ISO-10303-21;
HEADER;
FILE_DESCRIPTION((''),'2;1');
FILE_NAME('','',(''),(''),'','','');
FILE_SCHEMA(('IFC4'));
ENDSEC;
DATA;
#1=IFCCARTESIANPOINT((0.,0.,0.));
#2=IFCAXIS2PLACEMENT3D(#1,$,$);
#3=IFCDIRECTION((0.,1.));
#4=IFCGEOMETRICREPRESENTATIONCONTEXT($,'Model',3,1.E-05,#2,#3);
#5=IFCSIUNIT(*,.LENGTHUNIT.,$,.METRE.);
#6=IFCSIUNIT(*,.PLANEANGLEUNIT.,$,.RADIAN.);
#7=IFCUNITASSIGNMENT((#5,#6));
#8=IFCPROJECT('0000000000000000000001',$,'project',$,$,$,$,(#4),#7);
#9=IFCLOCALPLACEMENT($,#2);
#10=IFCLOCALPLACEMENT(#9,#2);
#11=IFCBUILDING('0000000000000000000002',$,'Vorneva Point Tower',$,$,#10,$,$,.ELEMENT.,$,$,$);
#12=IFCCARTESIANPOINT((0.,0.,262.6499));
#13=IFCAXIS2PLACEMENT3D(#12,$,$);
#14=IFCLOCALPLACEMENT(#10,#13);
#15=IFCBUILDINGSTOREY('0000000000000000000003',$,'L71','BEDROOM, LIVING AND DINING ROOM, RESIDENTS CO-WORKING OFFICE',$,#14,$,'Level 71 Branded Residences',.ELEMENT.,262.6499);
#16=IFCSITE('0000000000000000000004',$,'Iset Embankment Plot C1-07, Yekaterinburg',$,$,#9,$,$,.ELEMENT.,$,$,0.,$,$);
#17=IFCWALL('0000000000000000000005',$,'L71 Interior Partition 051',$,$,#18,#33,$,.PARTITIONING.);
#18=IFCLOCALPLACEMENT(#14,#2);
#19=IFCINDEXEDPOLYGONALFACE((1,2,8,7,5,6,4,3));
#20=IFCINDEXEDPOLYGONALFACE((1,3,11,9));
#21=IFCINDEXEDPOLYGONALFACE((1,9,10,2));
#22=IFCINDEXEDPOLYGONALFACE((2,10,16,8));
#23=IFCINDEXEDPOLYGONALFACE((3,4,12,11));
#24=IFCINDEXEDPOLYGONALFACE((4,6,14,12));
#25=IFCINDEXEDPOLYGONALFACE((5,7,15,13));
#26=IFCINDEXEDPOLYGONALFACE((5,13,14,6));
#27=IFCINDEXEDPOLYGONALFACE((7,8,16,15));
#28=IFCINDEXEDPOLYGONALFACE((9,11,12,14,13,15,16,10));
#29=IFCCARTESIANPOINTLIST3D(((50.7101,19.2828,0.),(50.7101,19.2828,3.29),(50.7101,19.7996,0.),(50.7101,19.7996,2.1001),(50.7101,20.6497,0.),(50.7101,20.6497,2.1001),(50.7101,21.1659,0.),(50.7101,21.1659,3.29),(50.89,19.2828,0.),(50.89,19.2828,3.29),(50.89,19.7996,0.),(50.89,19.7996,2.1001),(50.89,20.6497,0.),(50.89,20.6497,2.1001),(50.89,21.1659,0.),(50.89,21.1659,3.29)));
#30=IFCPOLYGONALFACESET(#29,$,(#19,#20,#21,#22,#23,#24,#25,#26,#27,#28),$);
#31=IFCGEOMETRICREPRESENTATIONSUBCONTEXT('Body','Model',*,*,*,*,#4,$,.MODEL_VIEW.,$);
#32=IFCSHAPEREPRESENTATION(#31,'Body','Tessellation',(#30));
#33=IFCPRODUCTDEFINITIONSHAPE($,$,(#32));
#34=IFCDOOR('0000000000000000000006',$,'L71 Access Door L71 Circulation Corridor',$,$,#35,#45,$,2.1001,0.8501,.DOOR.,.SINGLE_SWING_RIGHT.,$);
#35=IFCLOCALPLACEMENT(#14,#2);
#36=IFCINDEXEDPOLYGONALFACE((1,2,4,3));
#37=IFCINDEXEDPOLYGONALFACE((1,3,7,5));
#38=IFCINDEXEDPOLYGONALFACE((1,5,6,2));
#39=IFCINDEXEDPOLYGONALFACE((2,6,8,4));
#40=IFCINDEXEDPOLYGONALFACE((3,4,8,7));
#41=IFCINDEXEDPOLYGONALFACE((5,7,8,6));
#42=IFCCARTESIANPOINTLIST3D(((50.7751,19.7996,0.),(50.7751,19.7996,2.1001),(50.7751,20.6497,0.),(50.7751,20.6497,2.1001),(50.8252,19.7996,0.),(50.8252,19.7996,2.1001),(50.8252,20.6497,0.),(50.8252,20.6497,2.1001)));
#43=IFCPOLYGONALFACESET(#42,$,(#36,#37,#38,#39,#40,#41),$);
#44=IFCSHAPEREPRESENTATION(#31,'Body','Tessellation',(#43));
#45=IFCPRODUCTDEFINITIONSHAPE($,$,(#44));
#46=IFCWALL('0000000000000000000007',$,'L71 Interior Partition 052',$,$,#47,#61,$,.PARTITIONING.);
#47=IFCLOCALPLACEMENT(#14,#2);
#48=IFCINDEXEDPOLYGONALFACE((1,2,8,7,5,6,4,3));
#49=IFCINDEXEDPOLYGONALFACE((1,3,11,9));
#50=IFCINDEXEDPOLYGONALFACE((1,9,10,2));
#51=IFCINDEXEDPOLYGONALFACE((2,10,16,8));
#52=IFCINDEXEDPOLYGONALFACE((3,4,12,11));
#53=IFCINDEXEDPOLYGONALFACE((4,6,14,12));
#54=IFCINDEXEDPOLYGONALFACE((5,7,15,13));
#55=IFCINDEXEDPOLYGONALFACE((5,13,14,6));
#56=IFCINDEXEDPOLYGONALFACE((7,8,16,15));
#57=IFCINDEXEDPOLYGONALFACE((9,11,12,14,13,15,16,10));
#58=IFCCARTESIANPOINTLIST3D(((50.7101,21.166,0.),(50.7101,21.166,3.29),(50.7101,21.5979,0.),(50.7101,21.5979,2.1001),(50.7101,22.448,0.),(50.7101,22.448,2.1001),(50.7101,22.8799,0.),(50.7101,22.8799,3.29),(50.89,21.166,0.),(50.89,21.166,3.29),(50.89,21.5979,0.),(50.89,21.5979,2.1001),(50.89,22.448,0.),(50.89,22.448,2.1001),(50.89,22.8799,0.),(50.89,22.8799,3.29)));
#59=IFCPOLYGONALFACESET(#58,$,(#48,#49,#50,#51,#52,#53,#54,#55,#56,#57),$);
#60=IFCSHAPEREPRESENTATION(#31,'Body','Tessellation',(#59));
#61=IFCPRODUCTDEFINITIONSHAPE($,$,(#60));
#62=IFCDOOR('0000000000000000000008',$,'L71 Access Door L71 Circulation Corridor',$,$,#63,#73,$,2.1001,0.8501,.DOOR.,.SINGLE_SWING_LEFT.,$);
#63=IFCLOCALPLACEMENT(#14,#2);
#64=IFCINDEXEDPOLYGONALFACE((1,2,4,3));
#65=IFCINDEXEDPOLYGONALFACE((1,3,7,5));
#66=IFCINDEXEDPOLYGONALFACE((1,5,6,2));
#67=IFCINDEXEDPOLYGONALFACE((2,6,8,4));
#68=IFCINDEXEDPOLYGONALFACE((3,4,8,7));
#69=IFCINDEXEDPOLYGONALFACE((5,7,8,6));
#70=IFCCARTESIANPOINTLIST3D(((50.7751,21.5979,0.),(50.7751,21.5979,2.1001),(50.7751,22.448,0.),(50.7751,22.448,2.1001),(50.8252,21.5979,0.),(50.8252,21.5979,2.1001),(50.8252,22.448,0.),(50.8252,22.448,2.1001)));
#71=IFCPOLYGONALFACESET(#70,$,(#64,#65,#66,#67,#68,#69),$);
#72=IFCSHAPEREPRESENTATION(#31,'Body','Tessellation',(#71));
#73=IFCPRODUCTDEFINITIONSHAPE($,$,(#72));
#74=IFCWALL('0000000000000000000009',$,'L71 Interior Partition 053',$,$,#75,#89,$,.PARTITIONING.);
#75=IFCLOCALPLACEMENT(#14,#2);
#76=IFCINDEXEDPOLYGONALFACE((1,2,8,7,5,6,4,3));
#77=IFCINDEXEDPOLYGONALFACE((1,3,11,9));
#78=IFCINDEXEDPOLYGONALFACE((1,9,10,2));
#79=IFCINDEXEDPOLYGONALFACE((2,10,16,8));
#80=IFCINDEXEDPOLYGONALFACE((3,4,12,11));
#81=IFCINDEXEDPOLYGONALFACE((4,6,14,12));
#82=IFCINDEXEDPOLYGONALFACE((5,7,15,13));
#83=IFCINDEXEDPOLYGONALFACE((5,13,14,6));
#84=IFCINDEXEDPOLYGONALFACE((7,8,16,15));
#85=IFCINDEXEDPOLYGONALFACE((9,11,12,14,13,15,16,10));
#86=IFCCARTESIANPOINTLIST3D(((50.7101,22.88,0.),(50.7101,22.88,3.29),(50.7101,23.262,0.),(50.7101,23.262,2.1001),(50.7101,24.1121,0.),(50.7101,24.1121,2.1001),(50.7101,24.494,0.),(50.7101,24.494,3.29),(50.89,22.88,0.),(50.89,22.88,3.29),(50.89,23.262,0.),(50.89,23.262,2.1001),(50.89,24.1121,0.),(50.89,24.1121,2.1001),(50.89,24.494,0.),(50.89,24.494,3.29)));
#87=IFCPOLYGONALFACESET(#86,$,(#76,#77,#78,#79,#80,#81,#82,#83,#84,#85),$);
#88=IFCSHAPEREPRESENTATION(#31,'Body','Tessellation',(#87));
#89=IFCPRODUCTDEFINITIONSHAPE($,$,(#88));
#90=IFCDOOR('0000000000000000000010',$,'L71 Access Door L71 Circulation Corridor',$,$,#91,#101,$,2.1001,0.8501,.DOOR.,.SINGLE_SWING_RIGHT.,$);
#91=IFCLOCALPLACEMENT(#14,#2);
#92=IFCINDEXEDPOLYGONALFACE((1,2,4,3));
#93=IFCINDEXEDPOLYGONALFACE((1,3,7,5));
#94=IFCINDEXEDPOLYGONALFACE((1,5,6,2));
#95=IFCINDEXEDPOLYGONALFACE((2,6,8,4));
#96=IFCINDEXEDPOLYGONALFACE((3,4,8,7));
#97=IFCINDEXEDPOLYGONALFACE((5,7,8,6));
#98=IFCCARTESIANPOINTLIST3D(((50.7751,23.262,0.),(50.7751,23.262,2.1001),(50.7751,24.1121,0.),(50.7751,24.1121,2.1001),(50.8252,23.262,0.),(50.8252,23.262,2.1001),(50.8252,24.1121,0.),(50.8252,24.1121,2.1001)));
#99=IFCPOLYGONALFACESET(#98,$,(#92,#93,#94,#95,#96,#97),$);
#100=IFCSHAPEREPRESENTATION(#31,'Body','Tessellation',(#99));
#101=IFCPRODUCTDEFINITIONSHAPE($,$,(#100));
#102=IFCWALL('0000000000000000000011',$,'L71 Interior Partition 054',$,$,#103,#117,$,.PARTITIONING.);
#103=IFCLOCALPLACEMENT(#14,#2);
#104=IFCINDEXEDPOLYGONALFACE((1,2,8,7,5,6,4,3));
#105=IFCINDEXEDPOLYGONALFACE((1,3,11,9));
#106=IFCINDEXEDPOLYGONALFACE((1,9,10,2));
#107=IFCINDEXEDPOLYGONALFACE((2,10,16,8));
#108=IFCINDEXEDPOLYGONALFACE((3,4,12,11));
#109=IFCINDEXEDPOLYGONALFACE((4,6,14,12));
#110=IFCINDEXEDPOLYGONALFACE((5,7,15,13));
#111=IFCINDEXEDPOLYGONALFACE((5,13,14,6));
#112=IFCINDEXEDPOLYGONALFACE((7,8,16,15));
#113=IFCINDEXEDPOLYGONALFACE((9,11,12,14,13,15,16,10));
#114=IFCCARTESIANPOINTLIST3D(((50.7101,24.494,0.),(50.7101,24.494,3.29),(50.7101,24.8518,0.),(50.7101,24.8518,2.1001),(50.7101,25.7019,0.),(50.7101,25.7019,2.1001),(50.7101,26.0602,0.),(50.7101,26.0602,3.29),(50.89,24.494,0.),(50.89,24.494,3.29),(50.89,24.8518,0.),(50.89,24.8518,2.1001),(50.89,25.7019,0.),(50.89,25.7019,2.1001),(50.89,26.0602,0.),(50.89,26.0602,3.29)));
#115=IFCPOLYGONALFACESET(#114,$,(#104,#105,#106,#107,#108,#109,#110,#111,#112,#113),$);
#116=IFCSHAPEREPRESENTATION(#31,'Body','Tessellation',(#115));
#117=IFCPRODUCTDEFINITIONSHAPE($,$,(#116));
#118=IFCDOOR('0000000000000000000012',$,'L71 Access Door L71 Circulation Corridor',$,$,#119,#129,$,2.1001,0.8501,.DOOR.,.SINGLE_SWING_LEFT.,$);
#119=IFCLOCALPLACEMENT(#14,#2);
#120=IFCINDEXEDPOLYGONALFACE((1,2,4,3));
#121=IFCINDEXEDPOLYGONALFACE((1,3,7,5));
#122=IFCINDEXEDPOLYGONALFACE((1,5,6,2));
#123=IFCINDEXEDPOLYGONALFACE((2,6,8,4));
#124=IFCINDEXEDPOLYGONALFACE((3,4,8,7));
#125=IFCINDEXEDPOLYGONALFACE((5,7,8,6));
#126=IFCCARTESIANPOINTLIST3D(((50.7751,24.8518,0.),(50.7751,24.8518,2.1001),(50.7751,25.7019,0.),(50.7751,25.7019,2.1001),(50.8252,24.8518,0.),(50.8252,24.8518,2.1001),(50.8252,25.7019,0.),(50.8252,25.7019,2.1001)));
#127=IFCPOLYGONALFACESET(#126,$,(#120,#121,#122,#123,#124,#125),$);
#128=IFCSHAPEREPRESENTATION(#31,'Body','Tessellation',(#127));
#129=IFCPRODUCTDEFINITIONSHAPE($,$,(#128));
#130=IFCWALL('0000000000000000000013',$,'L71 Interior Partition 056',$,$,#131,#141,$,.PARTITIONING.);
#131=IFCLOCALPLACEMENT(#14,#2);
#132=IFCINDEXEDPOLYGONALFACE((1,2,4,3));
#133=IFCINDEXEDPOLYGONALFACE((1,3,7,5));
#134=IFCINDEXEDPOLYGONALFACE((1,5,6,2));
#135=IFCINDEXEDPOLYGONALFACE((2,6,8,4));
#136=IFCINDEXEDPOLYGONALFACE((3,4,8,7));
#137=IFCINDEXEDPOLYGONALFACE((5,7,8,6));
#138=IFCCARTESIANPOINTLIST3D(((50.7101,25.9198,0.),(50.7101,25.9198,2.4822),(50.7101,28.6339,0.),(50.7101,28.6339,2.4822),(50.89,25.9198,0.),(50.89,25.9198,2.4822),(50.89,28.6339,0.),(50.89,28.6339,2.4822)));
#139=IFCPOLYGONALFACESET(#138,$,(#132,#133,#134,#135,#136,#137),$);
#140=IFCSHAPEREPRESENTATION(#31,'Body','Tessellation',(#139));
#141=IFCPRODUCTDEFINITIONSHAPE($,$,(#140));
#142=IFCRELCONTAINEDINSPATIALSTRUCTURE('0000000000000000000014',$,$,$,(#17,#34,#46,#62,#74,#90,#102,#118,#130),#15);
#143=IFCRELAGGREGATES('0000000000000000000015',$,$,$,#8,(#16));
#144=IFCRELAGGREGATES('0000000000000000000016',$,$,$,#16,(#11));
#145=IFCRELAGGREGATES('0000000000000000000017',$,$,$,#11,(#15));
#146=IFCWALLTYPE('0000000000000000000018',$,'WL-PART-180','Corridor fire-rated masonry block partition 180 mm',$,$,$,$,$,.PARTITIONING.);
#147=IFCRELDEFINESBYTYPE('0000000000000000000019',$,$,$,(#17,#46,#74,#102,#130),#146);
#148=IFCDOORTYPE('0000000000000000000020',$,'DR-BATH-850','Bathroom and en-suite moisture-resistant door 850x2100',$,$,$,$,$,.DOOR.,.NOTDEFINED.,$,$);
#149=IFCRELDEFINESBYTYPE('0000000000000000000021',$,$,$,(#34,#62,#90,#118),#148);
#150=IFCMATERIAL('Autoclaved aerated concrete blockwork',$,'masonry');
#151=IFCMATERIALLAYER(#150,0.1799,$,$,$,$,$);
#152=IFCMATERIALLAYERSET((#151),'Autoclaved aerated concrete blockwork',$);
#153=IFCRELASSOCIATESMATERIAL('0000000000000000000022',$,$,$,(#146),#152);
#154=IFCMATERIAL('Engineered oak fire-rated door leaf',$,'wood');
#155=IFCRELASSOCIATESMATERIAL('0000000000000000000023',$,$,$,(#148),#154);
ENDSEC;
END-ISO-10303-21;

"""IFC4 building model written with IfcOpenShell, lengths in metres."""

from ifc_helpers import new_model, si_unit, direction, frame, frame_2d, origin, place, context, subcontext, project, spatial, rectangle, extrude, material, layer, layer_set, type_object, element, fill, save


model = new_model("IFC4")

# Units and contexts
model_context = context("Model", 3, precision=1e-05, world=origin(), true_north=direction((0.0, 1.0)))
body_context = subcontext(model_context, "Body", "Model", "MODEL_VIEW")
ifc_project = project(units=[si_unit("LENGTHUNIT", "METRE"), si_unit("PLANEANGLEUNIT", "RADIAN")], contexts=[model_context])

# Site, building, storey
site_placement = place(None, origin())
site = spatial("IfcSite", under=ifc_project, at=site_placement, Name="Iset Embankment Plot C1-07, Yekaterinburg", CompositionType="ELEMENT", RefElevation=0.0)
building_placement = place(site_placement, origin())
building = spatial("IfcBuilding", under=site, at=building_placement, Name="Vorneva Point Tower", CompositionType="ELEMENT")
storey_placement = place(building_placement, frame((0.0, 0.0, 262.6499)))
storey = spatial("IfcBuildingStorey", under=building, at=storey_placement, Name="L71", Description="BEDROOM, LIVING AND DINING ROOM, RESIDENTS CO-WORKING OFFICE", LongName="Level 71 Branded Residences", CompositionType="ELEMENT", Elevation=262.6499)

# Walls, openings, doors
ifc_material_1 = material(Name="Autoclaved aerated concrete blockwork", Category="masonry")
ifc_layer_1 = layer(ifc_material_1, 0.1799)
ifc_layer_set_1 = layer_set([ifc_layer_1], Name="Autoclaved aerated concrete blockwork")
wall_type_1 = type_object("IfcWallType", Name="WL-PART-180", Description="Corridor fire-rated masonry block partition 180 mm", PredefinedType="PARTITIONING", material=ifc_layer_set_1)
ifc_material_2 = material(Name="Engineered oak fire-rated door leaf", Category="wood")
door_type_1 = type_object("IfcDoorType", Name="DR-BATH-850", Description="Bathroom and en-suite moisture-resistant door 850x2100", OperationType="NOTDEFINED", PredefinedType="DOOR", material=ifc_material_2)
wall_1_placement = place(storey_placement, frame((50.8, 19.283, 0.0), z_axis=(0.0, 0.0, 1.0), x_axis=(0.0, 1.0, 0.0)))
wall_1 = element("IfcWall", 1, at=wall_1_placement, inside=storey, type_object=wall_type_1, Name="L71 Interior Partition 051", PredefinedType="PARTITIONING", context=body_context, shape_type="SweptSolid", body=[
    extrude(rectangle(XDim=1.8831, YDim=0.1799, at=frame_2d((0.9414, 0.0))), origin(), (0.0, 0.0, 1.0), 3.29),
])
opening_1_placement = place(wall_1_placement, frame((0.5166, 0.0, 0.0)))
opening_1 = element("IfcOpeningElement", 2, at=opening_1_placement, cuts=wall_1, PredefinedType="OPENING", context=body_context, shape_type="SweptSolid", body=[
    extrude(rectangle(XDim=0.8501, YDim=2.1001, at=frame_2d((0.425, 1.05))), frame((0.0, 0.105, 0.0), z_axis=(0.0, -1.0, 0.0), x_axis=(1.0, 0.0, 0.0)), (0.0, 0.0, 1.0), 0.2097),
])
door_1_placement = place(opening_1_placement, origin())
door_1 = element("IfcDoor", 3, at=door_1_placement, inside=storey, type_object=door_type_1, Name="L71 Access Door L71 Circulation Corridor", OperationType="SINGLE_SWING_RIGHT", OverallHeight=2.1001, OverallWidth=0.8501, PredefinedType="DOOR", context=body_context, shape_type="SweptSolid", body=[
    extrude(rectangle(XDim=0.8501, YDim=2.1001, at=frame_2d((0.425, 1.05))), frame((0.0, 0.0249, 0.0), z_axis=(0.0, -1.0, 0.0), x_axis=(1.0, 0.0, 0.0)), (0.0, 0.0, 1.0), 0.05),
])
fill(opening_1, door_1)
wall_2_placement = place(storey_placement, frame((50.8, 21.166, 0.0), z_axis=(0.0, 0.0, 1.0), x_axis=(0.0, 1.0, 0.0)))
wall_2 = element("IfcWall", 4, at=wall_2_placement, inside=storey, type_object=wall_type_1, Name="L71 Interior Partition 052", PredefinedType="PARTITIONING", context=body_context, shape_type="SweptSolid", body=[
    extrude(rectangle(XDim=1.7139, YDim=0.1799, at=frame_2d((0.8569, 0.0))), origin(), (0.0, 0.0, 1.0), 3.29),
])
opening_2_placement = place(wall_2_placement, frame((0.4319, 0.0, 0.0)))
opening_2 = element("IfcOpeningElement", 5, at=opening_2_placement, cuts=wall_2, PredefinedType="OPENING", context=body_context, shape_type="SweptSolid", body=[
    extrude(rectangle(XDim=0.8501, YDim=2.1001, at=frame_2d((0.425, 1.05))), frame((0.0, 0.105, 0.0), z_axis=(0.0, -1.0, 0.0), x_axis=(1.0, 0.0, 0.0)), (0.0, 0.0, 1.0), 0.2097),
])
door_2_placement = place(opening_2_placement, origin())
door_2 = element("IfcDoor", 6, at=door_2_placement, inside=storey, type_object=door_type_1, Name="L71 Access Door L71 Circulation Corridor", OperationType="SINGLE_SWING_LEFT", OverallHeight=2.1001, OverallWidth=0.8501, PredefinedType="DOOR", context=body_context, shape_type="SweptSolid", body=[
    extrude(rectangle(XDim=0.8501, YDim=2.1001, at=frame_2d((0.425, 1.05))), frame((0.0, 0.0249, 0.0), z_axis=(0.0, -1.0, 0.0), x_axis=(1.0, 0.0, 0.0)), (0.0, 0.0, 1.0), 0.05),
])
fill(opening_2, door_2)
wall_3_placement = place(storey_placement, frame((50.8, 22.8799, 0.0), z_axis=(0.0, 0.0, 1.0), x_axis=(0.0, 1.0, 0.0)))
wall_3 = element("IfcWall", 7, at=wall_3_placement, inside=storey, type_object=wall_type_1, Name="L71 Interior Partition 053", PredefinedType="PARTITIONING", context=body_context, shape_type="SweptSolid", body=[
    extrude(rectangle(XDim=1.614, YDim=0.1799, at=frame_2d((0.8071, 0.0))), origin(), (0.0, 0.0, 1.0), 3.29),
])
opening_3_placement = place(wall_3_placement, frame((0.3821, 0.0, 0.0)))
opening_3 = element("IfcOpeningElement", 8, at=opening_3_placement, cuts=wall_3, PredefinedType="OPENING", context=body_context, shape_type="SweptSolid", body=[
    extrude(rectangle(XDim=0.8501, YDim=2.1001, at=frame_2d((0.425, 1.05))), frame((0.0, 0.105, 0.0), z_axis=(0.0, -1.0, 0.0), x_axis=(1.0, 0.0, 0.0)), (0.0, 0.0, 1.0), 0.2097),
])
door_3_placement = place(opening_3_placement, origin())
door_3 = element("IfcDoor", 9, at=door_3_placement, inside=storey, type_object=door_type_1, Name="L71 Access Door L71 Circulation Corridor", OperationType="SINGLE_SWING_RIGHT", OverallHeight=2.1001, OverallWidth=0.8501, PredefinedType="DOOR", context=body_context, shape_type="SweptSolid", body=[
    extrude(rectangle(XDim=0.8501, YDim=2.1001, at=frame_2d((0.425, 1.05))), frame((0.0, 0.0249, 0.0), z_axis=(0.0, -1.0, 0.0), x_axis=(1.0, 0.0, 0.0)), (0.0, 0.0, 1.0), 0.05),
])
fill(opening_3, door_3)
wall_4_placement = place(storey_placement, frame((50.8, 24.4939, 0.0), z_axis=(0.0, 0.0, 1.0), x_axis=(0.0, 1.0, 0.0)))
wall_4 = element("IfcWall", 10, at=wall_4_placement, inside=storey, type_object=wall_type_1, Name="L71 Interior Partition 054", PredefinedType="PARTITIONING", context=body_context, shape_type="SweptSolid", body=[
    extrude(rectangle(XDim=1.5662, YDim=0.1799, at=frame_2d((0.7832, 0.0))), origin(), (0.0, 0.0, 1.0), 3.29),
])
opening_4_placement = place(wall_4_placement, frame((0.3579, 0.0, 0.0)))
opening_4 = element("IfcOpeningElement", 11, at=opening_4_placement, cuts=wall_4, PredefinedType="OPENING", context=body_context, shape_type="SweptSolid", body=[
    extrude(rectangle(XDim=0.8501, YDim=2.1001, at=frame_2d((0.425, 1.05))), frame((0.0, 0.105, 0.0), z_axis=(0.0, -1.0, 0.0), x_axis=(1.0, 0.0, 0.0)), (0.0, 0.0, 1.0), 0.2097),
])
door_4_placement = place(opening_4_placement, origin())
door_4 = element("IfcDoor", 12, at=door_4_placement, inside=storey, type_object=door_type_1, Name="L71 Access Door L71 Circulation Corridor", OperationType="SINGLE_SWING_LEFT", OverallHeight=2.1001, OverallWidth=0.8501, PredefinedType="DOOR", context=body_context, shape_type="SweptSolid", body=[
    extrude(rectangle(XDim=0.8501, YDim=2.1001, at=frame_2d((0.425, 1.05))), frame((0.0, 0.0249, 0.0), z_axis=(0.0, -1.0, 0.0), x_axis=(1.0, 0.0, 0.0)), (0.0, 0.0, 1.0), 0.05),
])
fill(opening_4, door_4)

# Wall
wall_5_placement = place(storey_placement, frame((50.8, 25.9199, 0.0), z_axis=(0.0, 0.0, 1.0), x_axis=(0.0, 1.0, 0.0)))
element("IfcWall", 13, at=wall_5_placement, inside=storey, type_object=wall_type_1, Name="L71 Interior Partition 056", PredefinedType="PARTITIONING", context=body_context, shape_type="SweptSolid", body=[
    extrude(rectangle(XDim=2.7141, YDim=0.1799, at=frame_2d((1.3569, 0.0))), origin(), (0.0, 0.0, 1.0), 2.4822),
])

save(model, "model.ifc")
